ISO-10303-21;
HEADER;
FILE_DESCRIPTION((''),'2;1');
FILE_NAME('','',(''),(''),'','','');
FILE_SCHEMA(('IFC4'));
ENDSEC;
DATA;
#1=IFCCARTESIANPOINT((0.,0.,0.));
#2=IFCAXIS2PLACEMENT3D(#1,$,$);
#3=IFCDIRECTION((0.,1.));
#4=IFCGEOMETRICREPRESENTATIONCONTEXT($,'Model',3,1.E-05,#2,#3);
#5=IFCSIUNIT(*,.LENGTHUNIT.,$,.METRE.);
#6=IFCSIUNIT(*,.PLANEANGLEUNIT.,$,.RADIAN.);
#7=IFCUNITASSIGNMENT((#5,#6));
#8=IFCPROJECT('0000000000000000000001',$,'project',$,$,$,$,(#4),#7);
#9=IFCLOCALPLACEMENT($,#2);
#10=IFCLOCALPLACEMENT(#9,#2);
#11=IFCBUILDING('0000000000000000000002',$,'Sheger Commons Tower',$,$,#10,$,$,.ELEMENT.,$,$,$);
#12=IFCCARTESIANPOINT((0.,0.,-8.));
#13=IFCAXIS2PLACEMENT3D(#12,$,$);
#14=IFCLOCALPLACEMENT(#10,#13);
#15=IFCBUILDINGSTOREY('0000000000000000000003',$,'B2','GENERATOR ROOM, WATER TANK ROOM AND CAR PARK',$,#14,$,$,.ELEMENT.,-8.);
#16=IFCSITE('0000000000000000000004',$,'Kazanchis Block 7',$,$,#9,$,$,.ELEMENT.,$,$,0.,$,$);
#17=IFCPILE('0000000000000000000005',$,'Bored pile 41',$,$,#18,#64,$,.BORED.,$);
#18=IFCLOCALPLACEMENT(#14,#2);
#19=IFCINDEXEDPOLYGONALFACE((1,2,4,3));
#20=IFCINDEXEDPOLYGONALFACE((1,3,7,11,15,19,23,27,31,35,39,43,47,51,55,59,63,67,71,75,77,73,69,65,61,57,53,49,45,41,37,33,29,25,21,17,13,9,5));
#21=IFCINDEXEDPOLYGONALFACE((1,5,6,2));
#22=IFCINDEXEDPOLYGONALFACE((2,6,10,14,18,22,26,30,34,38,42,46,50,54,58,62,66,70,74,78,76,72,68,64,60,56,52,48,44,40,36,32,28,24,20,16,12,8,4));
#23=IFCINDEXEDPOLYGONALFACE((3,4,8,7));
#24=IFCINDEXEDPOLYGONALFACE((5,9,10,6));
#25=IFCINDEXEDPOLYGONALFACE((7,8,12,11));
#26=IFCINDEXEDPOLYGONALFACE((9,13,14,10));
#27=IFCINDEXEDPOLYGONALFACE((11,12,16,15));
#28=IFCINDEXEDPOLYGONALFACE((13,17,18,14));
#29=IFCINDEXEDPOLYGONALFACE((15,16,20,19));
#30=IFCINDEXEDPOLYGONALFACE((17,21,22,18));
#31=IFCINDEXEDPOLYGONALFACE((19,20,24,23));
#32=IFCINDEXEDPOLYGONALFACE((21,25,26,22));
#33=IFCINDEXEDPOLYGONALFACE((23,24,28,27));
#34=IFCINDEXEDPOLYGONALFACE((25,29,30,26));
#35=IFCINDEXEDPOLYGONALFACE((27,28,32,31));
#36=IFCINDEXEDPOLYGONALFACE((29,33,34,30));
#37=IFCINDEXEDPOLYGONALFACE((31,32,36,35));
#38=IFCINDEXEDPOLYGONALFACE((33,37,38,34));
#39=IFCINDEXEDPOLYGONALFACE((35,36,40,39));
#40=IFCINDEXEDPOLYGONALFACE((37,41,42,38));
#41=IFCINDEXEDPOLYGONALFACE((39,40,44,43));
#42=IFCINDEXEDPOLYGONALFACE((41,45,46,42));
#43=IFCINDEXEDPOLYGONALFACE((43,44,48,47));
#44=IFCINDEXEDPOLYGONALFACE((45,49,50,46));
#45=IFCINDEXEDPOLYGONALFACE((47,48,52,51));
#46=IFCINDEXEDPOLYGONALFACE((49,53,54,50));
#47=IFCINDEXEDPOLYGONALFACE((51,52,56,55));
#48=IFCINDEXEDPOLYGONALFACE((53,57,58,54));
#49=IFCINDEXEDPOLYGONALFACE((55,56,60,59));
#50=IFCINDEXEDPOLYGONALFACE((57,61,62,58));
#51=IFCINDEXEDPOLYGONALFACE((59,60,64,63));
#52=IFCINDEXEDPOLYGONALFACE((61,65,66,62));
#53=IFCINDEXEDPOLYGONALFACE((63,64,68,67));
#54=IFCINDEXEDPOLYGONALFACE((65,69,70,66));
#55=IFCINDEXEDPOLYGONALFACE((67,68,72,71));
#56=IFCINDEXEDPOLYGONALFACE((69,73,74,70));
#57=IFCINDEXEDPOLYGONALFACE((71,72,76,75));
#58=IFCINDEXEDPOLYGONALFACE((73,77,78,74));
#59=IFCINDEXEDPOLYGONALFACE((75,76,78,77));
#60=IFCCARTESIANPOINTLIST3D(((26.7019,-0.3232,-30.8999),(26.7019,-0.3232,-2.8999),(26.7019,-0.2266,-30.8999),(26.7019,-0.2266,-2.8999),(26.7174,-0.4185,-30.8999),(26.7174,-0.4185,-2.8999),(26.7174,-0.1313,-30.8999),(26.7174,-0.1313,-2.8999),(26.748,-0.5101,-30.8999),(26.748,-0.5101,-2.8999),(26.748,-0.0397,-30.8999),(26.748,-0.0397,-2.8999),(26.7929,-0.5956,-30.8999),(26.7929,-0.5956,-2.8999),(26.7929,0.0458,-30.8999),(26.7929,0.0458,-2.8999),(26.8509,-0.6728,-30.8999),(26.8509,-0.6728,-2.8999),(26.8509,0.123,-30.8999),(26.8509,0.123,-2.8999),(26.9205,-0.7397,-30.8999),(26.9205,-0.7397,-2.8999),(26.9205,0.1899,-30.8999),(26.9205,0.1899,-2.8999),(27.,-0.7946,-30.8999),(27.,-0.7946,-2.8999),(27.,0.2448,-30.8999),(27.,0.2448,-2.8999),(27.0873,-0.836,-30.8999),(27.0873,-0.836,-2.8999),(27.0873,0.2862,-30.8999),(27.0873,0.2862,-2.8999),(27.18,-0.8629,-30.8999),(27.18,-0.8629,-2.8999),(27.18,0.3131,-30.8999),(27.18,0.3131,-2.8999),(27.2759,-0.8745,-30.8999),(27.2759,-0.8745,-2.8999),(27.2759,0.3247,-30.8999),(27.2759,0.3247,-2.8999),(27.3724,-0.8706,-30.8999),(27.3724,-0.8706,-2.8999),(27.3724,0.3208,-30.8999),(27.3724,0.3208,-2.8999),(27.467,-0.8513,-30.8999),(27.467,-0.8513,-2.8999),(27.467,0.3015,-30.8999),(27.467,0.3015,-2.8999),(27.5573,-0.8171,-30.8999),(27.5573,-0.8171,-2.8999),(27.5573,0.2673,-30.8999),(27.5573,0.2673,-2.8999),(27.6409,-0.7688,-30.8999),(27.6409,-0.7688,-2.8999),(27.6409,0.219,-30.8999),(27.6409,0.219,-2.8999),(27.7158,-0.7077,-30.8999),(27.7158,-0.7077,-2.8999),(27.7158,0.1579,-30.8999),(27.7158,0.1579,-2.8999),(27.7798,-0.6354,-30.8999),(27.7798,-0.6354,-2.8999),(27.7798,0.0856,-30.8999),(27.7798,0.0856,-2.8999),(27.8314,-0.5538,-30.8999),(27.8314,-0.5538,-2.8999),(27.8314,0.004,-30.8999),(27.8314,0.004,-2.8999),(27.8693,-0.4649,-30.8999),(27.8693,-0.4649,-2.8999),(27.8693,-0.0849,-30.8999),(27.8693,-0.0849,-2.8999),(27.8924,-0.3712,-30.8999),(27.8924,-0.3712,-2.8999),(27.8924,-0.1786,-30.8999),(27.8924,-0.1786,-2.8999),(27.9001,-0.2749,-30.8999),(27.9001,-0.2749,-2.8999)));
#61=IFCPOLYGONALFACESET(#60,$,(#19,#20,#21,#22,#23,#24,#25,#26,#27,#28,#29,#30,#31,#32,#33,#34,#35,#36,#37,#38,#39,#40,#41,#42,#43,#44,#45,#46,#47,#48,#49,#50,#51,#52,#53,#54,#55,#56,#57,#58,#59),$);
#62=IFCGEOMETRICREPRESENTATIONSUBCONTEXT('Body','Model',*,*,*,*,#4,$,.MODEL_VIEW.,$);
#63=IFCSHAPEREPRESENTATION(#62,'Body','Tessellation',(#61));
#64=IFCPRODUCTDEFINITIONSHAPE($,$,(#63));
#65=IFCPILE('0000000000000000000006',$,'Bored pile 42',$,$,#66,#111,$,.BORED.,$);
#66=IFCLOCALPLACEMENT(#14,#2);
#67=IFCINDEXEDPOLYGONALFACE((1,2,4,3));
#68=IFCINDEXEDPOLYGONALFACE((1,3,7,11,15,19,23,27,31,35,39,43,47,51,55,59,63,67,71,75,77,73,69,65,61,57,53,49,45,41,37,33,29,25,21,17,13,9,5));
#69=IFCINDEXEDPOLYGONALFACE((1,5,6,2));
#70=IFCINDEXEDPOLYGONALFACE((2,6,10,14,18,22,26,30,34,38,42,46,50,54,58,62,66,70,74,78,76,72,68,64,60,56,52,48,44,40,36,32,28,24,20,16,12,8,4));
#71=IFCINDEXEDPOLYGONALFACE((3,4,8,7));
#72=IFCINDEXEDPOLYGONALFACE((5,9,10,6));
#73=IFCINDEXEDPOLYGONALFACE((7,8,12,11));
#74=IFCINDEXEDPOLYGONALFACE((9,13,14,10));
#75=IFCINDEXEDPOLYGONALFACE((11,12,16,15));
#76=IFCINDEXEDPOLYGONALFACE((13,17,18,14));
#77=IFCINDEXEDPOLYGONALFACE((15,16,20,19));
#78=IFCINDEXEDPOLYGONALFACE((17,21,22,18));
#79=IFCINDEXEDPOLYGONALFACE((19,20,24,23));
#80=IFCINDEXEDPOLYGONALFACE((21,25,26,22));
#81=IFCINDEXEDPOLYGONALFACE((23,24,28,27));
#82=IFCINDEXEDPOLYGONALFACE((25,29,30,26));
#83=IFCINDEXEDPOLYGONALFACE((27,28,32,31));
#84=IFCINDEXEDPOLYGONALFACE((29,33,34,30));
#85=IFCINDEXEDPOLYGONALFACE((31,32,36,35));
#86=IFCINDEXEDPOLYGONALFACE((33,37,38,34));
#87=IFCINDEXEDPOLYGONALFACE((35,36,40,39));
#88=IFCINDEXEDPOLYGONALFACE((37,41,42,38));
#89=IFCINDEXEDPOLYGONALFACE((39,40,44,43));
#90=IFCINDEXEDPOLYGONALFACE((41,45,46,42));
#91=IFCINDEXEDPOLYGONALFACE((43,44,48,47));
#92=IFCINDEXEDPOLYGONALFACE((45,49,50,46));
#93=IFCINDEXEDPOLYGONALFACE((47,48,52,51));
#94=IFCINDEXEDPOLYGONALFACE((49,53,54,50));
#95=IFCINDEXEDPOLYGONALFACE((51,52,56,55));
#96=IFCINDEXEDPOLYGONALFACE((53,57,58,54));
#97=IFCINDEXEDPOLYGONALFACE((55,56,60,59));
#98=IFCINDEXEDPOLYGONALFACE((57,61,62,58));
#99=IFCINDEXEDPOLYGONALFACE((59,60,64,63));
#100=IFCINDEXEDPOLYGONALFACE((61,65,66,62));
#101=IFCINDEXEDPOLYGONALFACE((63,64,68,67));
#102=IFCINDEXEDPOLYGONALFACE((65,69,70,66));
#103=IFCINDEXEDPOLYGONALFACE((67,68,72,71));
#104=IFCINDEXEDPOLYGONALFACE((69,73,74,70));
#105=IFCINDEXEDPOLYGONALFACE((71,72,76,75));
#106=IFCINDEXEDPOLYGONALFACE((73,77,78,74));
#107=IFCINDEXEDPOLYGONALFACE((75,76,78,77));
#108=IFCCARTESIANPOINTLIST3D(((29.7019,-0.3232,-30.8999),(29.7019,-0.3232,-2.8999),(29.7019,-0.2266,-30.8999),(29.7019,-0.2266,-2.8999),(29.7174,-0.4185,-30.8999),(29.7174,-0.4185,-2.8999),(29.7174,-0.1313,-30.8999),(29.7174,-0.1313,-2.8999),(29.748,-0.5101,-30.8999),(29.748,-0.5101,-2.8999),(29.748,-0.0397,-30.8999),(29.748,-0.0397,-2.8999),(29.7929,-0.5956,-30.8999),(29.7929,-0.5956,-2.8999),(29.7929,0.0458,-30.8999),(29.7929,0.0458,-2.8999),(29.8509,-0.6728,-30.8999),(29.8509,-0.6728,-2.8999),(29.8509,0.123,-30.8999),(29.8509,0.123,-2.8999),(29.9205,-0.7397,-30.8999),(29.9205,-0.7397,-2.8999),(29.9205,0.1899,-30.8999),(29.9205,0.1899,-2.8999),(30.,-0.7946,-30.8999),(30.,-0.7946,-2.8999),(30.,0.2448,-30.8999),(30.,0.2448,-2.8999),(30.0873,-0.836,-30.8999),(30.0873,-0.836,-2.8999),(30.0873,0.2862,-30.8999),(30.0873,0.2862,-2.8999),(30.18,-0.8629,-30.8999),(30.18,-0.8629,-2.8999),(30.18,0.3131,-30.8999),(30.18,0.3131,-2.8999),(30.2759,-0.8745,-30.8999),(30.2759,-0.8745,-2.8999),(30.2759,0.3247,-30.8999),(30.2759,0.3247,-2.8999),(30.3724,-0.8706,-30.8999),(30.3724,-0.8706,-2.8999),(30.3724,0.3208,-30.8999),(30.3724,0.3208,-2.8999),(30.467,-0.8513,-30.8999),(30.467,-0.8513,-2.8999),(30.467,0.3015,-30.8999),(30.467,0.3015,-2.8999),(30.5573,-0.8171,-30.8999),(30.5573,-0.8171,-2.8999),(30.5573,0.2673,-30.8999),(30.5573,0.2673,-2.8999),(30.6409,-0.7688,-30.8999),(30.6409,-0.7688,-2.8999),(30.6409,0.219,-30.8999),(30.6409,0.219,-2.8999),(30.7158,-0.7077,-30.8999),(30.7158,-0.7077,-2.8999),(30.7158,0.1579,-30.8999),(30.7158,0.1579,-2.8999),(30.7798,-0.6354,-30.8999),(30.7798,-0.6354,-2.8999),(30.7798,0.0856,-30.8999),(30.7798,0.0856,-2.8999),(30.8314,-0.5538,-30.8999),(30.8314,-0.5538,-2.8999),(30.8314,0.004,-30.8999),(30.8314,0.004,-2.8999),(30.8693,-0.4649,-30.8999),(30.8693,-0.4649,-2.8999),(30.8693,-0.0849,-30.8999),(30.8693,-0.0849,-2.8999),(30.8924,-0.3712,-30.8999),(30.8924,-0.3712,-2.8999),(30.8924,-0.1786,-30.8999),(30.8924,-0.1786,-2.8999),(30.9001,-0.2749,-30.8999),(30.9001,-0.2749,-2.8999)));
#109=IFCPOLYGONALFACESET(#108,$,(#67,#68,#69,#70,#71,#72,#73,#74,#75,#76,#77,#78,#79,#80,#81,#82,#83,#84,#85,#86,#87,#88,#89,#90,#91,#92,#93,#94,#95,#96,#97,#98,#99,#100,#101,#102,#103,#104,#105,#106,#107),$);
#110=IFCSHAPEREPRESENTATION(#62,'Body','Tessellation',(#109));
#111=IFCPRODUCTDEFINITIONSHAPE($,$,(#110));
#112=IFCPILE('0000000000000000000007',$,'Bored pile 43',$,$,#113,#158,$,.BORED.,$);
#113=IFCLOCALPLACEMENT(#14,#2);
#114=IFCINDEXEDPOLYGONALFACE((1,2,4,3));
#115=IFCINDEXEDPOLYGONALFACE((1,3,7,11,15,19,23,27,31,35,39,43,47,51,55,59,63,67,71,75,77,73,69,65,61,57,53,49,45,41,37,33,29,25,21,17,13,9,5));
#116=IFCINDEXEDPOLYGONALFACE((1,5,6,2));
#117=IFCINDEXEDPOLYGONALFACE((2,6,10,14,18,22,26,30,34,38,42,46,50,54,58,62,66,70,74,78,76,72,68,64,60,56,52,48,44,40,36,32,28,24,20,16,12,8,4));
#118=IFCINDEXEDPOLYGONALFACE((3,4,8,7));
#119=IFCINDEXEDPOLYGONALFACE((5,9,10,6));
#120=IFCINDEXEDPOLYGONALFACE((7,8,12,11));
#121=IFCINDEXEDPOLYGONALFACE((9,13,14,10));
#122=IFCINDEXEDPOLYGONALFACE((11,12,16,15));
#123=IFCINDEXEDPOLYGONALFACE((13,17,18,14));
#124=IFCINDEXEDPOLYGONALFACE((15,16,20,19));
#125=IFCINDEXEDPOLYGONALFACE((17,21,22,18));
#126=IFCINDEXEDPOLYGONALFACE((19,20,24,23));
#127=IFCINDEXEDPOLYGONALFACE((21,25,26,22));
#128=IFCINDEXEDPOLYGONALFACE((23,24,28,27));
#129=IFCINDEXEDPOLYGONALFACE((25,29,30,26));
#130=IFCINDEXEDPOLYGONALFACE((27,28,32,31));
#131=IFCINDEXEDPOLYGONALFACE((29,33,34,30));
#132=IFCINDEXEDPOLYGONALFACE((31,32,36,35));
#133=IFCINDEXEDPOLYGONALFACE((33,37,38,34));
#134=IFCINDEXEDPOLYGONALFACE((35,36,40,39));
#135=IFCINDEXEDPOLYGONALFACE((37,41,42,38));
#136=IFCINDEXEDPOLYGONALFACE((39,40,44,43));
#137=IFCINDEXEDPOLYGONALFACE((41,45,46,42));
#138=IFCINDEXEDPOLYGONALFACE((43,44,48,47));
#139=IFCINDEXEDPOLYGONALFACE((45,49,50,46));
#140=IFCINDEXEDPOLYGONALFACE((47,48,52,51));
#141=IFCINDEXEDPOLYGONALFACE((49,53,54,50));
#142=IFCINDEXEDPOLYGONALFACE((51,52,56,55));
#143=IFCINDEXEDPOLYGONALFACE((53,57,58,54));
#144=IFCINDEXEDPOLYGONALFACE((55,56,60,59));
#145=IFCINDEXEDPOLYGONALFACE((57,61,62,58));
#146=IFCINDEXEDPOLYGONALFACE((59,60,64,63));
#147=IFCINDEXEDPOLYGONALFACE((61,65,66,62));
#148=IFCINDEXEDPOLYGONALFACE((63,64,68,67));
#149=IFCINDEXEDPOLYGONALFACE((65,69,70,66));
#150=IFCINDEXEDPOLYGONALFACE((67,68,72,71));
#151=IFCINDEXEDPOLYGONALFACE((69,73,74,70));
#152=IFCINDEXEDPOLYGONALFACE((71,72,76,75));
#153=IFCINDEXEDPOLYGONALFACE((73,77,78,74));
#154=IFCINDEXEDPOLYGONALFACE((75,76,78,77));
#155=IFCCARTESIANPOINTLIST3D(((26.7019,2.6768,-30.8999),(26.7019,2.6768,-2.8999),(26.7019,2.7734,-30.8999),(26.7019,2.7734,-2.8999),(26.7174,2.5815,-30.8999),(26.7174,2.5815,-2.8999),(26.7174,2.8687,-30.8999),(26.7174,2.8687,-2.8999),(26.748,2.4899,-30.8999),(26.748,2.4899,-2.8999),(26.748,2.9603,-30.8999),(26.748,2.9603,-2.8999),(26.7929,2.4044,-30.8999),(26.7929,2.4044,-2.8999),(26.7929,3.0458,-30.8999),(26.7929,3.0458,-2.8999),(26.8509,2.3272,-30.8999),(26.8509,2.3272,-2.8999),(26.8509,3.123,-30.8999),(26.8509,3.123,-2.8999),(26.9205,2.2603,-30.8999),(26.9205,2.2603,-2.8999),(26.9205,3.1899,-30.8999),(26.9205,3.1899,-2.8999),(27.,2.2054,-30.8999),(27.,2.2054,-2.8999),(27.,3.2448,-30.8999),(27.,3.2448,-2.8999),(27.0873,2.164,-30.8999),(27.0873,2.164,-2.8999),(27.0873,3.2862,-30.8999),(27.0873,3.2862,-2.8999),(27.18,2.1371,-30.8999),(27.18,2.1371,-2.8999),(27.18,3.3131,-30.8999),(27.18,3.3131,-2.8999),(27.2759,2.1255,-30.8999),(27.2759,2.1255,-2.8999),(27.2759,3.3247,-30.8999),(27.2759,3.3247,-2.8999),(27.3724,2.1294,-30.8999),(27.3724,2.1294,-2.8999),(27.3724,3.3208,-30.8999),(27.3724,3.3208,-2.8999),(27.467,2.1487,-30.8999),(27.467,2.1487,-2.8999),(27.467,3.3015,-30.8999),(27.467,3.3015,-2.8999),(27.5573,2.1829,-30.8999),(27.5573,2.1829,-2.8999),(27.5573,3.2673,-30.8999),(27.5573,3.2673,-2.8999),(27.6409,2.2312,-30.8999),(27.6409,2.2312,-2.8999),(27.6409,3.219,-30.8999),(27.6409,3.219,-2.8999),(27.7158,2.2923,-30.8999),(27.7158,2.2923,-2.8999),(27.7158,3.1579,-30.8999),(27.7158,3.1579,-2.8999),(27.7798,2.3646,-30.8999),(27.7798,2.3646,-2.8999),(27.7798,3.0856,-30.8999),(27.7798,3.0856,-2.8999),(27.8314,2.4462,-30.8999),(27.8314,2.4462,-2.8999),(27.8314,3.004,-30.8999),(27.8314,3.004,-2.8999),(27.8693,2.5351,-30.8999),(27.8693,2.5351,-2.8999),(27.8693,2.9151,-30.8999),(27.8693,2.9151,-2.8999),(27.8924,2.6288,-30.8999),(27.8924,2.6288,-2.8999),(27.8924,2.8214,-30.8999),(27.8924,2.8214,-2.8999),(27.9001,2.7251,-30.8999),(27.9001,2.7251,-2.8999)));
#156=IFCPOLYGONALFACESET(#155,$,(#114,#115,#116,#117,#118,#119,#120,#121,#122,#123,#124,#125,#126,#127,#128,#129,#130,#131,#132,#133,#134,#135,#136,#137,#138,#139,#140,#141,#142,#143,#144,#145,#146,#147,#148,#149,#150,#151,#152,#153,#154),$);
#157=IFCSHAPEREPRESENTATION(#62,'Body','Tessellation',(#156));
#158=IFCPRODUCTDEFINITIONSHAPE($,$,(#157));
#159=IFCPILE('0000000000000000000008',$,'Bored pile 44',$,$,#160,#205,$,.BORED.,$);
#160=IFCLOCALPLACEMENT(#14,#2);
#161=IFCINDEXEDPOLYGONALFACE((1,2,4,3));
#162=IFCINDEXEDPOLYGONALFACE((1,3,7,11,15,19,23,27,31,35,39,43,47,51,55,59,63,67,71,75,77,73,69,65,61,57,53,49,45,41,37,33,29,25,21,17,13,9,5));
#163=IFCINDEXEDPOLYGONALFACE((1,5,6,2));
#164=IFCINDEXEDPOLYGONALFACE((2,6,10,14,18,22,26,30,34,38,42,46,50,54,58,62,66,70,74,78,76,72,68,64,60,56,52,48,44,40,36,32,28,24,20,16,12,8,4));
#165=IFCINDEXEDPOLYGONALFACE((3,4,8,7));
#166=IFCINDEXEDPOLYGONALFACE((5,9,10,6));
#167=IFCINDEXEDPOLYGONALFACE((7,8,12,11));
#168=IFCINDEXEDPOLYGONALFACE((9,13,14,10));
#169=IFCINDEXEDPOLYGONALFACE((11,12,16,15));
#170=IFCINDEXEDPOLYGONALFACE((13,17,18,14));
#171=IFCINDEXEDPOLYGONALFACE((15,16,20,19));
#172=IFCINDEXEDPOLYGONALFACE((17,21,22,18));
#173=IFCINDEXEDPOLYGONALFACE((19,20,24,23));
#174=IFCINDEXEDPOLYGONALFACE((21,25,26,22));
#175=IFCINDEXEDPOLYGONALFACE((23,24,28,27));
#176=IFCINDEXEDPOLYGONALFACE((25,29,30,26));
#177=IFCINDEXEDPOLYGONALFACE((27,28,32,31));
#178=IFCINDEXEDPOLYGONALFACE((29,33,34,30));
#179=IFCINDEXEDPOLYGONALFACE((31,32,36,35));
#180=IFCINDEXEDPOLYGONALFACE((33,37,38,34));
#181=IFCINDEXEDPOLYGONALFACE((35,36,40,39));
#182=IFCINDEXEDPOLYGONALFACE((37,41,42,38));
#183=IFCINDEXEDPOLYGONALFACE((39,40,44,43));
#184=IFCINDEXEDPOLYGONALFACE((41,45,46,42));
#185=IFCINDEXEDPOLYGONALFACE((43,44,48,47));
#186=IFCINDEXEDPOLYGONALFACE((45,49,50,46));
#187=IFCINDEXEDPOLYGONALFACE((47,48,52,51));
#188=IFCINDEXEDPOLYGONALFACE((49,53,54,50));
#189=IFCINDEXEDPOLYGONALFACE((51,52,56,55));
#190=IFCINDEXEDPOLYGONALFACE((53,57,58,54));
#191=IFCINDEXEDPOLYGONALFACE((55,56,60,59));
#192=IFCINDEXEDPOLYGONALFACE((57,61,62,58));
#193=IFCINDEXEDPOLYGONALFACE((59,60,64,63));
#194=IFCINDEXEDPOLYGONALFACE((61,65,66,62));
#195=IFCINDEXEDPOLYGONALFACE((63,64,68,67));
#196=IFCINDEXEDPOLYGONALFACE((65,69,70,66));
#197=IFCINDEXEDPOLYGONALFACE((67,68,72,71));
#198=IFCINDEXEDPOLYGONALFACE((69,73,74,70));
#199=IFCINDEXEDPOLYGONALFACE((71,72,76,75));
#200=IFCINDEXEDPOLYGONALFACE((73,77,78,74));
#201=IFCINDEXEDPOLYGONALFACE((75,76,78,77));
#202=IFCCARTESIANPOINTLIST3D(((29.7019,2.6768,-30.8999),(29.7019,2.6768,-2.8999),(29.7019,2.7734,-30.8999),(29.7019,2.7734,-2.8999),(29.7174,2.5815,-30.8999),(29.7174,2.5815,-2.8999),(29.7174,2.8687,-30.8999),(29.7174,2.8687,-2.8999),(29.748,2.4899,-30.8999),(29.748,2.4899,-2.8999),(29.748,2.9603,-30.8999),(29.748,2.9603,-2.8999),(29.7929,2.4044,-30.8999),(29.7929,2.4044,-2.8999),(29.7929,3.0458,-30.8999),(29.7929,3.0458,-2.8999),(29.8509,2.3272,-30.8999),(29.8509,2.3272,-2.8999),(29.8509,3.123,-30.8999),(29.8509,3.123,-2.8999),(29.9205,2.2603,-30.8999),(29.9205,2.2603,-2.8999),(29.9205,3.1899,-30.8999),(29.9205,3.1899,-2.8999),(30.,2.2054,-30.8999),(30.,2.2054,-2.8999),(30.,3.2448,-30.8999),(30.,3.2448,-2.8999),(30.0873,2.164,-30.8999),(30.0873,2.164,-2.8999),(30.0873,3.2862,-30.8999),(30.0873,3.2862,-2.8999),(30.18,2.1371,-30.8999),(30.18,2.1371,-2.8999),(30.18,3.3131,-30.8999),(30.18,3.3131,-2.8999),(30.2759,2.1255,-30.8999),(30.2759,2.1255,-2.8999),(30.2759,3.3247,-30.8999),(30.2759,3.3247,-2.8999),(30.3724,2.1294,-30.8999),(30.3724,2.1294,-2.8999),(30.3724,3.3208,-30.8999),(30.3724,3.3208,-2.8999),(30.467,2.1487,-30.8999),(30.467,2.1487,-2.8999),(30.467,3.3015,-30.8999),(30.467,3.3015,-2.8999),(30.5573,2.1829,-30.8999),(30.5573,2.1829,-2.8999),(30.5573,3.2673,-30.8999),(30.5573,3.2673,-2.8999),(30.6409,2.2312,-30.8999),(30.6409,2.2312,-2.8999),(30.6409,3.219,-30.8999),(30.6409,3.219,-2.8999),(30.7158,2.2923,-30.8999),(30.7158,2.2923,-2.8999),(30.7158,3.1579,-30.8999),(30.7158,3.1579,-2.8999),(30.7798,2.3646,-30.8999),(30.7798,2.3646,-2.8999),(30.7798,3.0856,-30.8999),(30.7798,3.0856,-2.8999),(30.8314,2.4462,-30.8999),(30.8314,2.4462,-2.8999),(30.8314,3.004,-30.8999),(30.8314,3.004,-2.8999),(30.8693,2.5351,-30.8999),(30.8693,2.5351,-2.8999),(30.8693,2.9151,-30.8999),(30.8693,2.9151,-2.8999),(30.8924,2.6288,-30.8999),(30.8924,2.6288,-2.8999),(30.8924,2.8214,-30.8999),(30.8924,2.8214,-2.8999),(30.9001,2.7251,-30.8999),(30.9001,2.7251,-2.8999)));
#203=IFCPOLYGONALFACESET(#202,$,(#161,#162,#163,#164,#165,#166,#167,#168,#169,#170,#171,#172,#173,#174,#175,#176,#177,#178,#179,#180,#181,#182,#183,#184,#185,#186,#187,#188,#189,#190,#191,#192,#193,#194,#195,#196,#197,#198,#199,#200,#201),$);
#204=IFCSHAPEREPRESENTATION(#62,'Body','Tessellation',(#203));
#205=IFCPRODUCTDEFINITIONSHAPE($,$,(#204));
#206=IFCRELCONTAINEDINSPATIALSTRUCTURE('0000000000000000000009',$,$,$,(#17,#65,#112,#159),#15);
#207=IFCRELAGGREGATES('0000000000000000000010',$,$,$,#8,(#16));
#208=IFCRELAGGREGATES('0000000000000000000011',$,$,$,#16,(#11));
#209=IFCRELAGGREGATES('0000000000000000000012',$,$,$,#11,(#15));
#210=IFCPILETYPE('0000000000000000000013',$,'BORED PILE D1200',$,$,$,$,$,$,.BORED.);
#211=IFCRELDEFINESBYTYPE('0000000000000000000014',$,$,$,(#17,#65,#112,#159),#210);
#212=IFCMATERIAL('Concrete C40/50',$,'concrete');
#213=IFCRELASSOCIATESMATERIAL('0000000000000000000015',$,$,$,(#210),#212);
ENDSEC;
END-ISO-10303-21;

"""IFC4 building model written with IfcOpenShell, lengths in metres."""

from ifc_helpers import new_model, si_unit, direction, frame, origin, origin_2d, place, context, subcontext, project, spatial, circle, extrude, material, material_profile, profile_set, type_object, element, save


model = new_model("IFC4")

# Units and contexts
model_context = context("Model", 3, precision=1e-05, world=origin(), true_north=direction((0.0, 1.0)))
body_context = subcontext(model_context, "Body", "Model", "MODEL_VIEW")
ifc_project = project(units=[si_unit("LENGTHUNIT", "METRE"), si_unit("PLANEANGLEUNIT", "RADIAN")], contexts=[model_context])

# Site, building, storey
site_placement = place(None, origin())
site = spatial("IfcSite", under=ifc_project, at=site_placement, Name="Kazanchis Block 7", CompositionType="ELEMENT", RefElevation=0.0)
building_placement = place(site_placement, origin())
building = spatial("IfcBuilding", under=site, at=building_placement, Name="Sheger Commons Tower", CompositionType="ELEMENT")
storey_placement = place(building_placement, frame((0.0, 0.0, -8.0)))
storey = spatial("IfcBuildingStorey", under=building, at=storey_placement, Name="B2", Description="GENERATOR ROOM, WATER TANK ROOM AND CAR PARK", CompositionType="ELEMENT", Elevation=-8.0)

# Piles
ifc_material_1 = material(Name="Concrete C40/50", Category="concrete")
ifc_material_profile_1 = material_profile(ifc_material_1, circle(Radius=0.6001, at=origin_2d()), Name="PILE D1200")
ifc_profile_set_1 = profile_set([ifc_material_profile_1], Name="Concrete C40/50")
pile_type_1 = type_object("IfcPileType", Name="BORED PILE D1200", PredefinedType="BORED", material=ifc_profile_set_1)
for number, where, z_axis, x_axis, name in (
    (1, (27.3, -0.2749, -2.8999), (0.0, 0.0, -1.0), (1.0, 0.0, 0.0), "Bored pile 41"),
    (2, (30.3, -0.2749, -2.8999), (0.0, 0.0, -1.0), (1.0, 0.0, 0.0), "Bored pile 42"),
    (3, (27.3, 2.7251, -2.8999), (0.0, 0.0, -1.0), (1.0, 0.0, 0.0), "Bored pile 43"),
    (4, (30.3, 2.7251, -2.8999), (0.0, 0.0, -1.0), (1.0, 0.0, 0.0), "Bored pile 44"),
):
    element("IfcPile", number, at=place(storey_placement, frame(where, z_axis=z_axis, x_axis=x_axis)), inside=storey, type_object=pile_type_1, Name=name, PredefinedType="BORED", context=body_context, shape_type="SweptSolid", body=[
        extrude(circle(Radius=0.6001, at=origin_2d()), origin(), (0.0, 0.0, 1.0), 28.0),
    ])

save(model, "model.ifc")
